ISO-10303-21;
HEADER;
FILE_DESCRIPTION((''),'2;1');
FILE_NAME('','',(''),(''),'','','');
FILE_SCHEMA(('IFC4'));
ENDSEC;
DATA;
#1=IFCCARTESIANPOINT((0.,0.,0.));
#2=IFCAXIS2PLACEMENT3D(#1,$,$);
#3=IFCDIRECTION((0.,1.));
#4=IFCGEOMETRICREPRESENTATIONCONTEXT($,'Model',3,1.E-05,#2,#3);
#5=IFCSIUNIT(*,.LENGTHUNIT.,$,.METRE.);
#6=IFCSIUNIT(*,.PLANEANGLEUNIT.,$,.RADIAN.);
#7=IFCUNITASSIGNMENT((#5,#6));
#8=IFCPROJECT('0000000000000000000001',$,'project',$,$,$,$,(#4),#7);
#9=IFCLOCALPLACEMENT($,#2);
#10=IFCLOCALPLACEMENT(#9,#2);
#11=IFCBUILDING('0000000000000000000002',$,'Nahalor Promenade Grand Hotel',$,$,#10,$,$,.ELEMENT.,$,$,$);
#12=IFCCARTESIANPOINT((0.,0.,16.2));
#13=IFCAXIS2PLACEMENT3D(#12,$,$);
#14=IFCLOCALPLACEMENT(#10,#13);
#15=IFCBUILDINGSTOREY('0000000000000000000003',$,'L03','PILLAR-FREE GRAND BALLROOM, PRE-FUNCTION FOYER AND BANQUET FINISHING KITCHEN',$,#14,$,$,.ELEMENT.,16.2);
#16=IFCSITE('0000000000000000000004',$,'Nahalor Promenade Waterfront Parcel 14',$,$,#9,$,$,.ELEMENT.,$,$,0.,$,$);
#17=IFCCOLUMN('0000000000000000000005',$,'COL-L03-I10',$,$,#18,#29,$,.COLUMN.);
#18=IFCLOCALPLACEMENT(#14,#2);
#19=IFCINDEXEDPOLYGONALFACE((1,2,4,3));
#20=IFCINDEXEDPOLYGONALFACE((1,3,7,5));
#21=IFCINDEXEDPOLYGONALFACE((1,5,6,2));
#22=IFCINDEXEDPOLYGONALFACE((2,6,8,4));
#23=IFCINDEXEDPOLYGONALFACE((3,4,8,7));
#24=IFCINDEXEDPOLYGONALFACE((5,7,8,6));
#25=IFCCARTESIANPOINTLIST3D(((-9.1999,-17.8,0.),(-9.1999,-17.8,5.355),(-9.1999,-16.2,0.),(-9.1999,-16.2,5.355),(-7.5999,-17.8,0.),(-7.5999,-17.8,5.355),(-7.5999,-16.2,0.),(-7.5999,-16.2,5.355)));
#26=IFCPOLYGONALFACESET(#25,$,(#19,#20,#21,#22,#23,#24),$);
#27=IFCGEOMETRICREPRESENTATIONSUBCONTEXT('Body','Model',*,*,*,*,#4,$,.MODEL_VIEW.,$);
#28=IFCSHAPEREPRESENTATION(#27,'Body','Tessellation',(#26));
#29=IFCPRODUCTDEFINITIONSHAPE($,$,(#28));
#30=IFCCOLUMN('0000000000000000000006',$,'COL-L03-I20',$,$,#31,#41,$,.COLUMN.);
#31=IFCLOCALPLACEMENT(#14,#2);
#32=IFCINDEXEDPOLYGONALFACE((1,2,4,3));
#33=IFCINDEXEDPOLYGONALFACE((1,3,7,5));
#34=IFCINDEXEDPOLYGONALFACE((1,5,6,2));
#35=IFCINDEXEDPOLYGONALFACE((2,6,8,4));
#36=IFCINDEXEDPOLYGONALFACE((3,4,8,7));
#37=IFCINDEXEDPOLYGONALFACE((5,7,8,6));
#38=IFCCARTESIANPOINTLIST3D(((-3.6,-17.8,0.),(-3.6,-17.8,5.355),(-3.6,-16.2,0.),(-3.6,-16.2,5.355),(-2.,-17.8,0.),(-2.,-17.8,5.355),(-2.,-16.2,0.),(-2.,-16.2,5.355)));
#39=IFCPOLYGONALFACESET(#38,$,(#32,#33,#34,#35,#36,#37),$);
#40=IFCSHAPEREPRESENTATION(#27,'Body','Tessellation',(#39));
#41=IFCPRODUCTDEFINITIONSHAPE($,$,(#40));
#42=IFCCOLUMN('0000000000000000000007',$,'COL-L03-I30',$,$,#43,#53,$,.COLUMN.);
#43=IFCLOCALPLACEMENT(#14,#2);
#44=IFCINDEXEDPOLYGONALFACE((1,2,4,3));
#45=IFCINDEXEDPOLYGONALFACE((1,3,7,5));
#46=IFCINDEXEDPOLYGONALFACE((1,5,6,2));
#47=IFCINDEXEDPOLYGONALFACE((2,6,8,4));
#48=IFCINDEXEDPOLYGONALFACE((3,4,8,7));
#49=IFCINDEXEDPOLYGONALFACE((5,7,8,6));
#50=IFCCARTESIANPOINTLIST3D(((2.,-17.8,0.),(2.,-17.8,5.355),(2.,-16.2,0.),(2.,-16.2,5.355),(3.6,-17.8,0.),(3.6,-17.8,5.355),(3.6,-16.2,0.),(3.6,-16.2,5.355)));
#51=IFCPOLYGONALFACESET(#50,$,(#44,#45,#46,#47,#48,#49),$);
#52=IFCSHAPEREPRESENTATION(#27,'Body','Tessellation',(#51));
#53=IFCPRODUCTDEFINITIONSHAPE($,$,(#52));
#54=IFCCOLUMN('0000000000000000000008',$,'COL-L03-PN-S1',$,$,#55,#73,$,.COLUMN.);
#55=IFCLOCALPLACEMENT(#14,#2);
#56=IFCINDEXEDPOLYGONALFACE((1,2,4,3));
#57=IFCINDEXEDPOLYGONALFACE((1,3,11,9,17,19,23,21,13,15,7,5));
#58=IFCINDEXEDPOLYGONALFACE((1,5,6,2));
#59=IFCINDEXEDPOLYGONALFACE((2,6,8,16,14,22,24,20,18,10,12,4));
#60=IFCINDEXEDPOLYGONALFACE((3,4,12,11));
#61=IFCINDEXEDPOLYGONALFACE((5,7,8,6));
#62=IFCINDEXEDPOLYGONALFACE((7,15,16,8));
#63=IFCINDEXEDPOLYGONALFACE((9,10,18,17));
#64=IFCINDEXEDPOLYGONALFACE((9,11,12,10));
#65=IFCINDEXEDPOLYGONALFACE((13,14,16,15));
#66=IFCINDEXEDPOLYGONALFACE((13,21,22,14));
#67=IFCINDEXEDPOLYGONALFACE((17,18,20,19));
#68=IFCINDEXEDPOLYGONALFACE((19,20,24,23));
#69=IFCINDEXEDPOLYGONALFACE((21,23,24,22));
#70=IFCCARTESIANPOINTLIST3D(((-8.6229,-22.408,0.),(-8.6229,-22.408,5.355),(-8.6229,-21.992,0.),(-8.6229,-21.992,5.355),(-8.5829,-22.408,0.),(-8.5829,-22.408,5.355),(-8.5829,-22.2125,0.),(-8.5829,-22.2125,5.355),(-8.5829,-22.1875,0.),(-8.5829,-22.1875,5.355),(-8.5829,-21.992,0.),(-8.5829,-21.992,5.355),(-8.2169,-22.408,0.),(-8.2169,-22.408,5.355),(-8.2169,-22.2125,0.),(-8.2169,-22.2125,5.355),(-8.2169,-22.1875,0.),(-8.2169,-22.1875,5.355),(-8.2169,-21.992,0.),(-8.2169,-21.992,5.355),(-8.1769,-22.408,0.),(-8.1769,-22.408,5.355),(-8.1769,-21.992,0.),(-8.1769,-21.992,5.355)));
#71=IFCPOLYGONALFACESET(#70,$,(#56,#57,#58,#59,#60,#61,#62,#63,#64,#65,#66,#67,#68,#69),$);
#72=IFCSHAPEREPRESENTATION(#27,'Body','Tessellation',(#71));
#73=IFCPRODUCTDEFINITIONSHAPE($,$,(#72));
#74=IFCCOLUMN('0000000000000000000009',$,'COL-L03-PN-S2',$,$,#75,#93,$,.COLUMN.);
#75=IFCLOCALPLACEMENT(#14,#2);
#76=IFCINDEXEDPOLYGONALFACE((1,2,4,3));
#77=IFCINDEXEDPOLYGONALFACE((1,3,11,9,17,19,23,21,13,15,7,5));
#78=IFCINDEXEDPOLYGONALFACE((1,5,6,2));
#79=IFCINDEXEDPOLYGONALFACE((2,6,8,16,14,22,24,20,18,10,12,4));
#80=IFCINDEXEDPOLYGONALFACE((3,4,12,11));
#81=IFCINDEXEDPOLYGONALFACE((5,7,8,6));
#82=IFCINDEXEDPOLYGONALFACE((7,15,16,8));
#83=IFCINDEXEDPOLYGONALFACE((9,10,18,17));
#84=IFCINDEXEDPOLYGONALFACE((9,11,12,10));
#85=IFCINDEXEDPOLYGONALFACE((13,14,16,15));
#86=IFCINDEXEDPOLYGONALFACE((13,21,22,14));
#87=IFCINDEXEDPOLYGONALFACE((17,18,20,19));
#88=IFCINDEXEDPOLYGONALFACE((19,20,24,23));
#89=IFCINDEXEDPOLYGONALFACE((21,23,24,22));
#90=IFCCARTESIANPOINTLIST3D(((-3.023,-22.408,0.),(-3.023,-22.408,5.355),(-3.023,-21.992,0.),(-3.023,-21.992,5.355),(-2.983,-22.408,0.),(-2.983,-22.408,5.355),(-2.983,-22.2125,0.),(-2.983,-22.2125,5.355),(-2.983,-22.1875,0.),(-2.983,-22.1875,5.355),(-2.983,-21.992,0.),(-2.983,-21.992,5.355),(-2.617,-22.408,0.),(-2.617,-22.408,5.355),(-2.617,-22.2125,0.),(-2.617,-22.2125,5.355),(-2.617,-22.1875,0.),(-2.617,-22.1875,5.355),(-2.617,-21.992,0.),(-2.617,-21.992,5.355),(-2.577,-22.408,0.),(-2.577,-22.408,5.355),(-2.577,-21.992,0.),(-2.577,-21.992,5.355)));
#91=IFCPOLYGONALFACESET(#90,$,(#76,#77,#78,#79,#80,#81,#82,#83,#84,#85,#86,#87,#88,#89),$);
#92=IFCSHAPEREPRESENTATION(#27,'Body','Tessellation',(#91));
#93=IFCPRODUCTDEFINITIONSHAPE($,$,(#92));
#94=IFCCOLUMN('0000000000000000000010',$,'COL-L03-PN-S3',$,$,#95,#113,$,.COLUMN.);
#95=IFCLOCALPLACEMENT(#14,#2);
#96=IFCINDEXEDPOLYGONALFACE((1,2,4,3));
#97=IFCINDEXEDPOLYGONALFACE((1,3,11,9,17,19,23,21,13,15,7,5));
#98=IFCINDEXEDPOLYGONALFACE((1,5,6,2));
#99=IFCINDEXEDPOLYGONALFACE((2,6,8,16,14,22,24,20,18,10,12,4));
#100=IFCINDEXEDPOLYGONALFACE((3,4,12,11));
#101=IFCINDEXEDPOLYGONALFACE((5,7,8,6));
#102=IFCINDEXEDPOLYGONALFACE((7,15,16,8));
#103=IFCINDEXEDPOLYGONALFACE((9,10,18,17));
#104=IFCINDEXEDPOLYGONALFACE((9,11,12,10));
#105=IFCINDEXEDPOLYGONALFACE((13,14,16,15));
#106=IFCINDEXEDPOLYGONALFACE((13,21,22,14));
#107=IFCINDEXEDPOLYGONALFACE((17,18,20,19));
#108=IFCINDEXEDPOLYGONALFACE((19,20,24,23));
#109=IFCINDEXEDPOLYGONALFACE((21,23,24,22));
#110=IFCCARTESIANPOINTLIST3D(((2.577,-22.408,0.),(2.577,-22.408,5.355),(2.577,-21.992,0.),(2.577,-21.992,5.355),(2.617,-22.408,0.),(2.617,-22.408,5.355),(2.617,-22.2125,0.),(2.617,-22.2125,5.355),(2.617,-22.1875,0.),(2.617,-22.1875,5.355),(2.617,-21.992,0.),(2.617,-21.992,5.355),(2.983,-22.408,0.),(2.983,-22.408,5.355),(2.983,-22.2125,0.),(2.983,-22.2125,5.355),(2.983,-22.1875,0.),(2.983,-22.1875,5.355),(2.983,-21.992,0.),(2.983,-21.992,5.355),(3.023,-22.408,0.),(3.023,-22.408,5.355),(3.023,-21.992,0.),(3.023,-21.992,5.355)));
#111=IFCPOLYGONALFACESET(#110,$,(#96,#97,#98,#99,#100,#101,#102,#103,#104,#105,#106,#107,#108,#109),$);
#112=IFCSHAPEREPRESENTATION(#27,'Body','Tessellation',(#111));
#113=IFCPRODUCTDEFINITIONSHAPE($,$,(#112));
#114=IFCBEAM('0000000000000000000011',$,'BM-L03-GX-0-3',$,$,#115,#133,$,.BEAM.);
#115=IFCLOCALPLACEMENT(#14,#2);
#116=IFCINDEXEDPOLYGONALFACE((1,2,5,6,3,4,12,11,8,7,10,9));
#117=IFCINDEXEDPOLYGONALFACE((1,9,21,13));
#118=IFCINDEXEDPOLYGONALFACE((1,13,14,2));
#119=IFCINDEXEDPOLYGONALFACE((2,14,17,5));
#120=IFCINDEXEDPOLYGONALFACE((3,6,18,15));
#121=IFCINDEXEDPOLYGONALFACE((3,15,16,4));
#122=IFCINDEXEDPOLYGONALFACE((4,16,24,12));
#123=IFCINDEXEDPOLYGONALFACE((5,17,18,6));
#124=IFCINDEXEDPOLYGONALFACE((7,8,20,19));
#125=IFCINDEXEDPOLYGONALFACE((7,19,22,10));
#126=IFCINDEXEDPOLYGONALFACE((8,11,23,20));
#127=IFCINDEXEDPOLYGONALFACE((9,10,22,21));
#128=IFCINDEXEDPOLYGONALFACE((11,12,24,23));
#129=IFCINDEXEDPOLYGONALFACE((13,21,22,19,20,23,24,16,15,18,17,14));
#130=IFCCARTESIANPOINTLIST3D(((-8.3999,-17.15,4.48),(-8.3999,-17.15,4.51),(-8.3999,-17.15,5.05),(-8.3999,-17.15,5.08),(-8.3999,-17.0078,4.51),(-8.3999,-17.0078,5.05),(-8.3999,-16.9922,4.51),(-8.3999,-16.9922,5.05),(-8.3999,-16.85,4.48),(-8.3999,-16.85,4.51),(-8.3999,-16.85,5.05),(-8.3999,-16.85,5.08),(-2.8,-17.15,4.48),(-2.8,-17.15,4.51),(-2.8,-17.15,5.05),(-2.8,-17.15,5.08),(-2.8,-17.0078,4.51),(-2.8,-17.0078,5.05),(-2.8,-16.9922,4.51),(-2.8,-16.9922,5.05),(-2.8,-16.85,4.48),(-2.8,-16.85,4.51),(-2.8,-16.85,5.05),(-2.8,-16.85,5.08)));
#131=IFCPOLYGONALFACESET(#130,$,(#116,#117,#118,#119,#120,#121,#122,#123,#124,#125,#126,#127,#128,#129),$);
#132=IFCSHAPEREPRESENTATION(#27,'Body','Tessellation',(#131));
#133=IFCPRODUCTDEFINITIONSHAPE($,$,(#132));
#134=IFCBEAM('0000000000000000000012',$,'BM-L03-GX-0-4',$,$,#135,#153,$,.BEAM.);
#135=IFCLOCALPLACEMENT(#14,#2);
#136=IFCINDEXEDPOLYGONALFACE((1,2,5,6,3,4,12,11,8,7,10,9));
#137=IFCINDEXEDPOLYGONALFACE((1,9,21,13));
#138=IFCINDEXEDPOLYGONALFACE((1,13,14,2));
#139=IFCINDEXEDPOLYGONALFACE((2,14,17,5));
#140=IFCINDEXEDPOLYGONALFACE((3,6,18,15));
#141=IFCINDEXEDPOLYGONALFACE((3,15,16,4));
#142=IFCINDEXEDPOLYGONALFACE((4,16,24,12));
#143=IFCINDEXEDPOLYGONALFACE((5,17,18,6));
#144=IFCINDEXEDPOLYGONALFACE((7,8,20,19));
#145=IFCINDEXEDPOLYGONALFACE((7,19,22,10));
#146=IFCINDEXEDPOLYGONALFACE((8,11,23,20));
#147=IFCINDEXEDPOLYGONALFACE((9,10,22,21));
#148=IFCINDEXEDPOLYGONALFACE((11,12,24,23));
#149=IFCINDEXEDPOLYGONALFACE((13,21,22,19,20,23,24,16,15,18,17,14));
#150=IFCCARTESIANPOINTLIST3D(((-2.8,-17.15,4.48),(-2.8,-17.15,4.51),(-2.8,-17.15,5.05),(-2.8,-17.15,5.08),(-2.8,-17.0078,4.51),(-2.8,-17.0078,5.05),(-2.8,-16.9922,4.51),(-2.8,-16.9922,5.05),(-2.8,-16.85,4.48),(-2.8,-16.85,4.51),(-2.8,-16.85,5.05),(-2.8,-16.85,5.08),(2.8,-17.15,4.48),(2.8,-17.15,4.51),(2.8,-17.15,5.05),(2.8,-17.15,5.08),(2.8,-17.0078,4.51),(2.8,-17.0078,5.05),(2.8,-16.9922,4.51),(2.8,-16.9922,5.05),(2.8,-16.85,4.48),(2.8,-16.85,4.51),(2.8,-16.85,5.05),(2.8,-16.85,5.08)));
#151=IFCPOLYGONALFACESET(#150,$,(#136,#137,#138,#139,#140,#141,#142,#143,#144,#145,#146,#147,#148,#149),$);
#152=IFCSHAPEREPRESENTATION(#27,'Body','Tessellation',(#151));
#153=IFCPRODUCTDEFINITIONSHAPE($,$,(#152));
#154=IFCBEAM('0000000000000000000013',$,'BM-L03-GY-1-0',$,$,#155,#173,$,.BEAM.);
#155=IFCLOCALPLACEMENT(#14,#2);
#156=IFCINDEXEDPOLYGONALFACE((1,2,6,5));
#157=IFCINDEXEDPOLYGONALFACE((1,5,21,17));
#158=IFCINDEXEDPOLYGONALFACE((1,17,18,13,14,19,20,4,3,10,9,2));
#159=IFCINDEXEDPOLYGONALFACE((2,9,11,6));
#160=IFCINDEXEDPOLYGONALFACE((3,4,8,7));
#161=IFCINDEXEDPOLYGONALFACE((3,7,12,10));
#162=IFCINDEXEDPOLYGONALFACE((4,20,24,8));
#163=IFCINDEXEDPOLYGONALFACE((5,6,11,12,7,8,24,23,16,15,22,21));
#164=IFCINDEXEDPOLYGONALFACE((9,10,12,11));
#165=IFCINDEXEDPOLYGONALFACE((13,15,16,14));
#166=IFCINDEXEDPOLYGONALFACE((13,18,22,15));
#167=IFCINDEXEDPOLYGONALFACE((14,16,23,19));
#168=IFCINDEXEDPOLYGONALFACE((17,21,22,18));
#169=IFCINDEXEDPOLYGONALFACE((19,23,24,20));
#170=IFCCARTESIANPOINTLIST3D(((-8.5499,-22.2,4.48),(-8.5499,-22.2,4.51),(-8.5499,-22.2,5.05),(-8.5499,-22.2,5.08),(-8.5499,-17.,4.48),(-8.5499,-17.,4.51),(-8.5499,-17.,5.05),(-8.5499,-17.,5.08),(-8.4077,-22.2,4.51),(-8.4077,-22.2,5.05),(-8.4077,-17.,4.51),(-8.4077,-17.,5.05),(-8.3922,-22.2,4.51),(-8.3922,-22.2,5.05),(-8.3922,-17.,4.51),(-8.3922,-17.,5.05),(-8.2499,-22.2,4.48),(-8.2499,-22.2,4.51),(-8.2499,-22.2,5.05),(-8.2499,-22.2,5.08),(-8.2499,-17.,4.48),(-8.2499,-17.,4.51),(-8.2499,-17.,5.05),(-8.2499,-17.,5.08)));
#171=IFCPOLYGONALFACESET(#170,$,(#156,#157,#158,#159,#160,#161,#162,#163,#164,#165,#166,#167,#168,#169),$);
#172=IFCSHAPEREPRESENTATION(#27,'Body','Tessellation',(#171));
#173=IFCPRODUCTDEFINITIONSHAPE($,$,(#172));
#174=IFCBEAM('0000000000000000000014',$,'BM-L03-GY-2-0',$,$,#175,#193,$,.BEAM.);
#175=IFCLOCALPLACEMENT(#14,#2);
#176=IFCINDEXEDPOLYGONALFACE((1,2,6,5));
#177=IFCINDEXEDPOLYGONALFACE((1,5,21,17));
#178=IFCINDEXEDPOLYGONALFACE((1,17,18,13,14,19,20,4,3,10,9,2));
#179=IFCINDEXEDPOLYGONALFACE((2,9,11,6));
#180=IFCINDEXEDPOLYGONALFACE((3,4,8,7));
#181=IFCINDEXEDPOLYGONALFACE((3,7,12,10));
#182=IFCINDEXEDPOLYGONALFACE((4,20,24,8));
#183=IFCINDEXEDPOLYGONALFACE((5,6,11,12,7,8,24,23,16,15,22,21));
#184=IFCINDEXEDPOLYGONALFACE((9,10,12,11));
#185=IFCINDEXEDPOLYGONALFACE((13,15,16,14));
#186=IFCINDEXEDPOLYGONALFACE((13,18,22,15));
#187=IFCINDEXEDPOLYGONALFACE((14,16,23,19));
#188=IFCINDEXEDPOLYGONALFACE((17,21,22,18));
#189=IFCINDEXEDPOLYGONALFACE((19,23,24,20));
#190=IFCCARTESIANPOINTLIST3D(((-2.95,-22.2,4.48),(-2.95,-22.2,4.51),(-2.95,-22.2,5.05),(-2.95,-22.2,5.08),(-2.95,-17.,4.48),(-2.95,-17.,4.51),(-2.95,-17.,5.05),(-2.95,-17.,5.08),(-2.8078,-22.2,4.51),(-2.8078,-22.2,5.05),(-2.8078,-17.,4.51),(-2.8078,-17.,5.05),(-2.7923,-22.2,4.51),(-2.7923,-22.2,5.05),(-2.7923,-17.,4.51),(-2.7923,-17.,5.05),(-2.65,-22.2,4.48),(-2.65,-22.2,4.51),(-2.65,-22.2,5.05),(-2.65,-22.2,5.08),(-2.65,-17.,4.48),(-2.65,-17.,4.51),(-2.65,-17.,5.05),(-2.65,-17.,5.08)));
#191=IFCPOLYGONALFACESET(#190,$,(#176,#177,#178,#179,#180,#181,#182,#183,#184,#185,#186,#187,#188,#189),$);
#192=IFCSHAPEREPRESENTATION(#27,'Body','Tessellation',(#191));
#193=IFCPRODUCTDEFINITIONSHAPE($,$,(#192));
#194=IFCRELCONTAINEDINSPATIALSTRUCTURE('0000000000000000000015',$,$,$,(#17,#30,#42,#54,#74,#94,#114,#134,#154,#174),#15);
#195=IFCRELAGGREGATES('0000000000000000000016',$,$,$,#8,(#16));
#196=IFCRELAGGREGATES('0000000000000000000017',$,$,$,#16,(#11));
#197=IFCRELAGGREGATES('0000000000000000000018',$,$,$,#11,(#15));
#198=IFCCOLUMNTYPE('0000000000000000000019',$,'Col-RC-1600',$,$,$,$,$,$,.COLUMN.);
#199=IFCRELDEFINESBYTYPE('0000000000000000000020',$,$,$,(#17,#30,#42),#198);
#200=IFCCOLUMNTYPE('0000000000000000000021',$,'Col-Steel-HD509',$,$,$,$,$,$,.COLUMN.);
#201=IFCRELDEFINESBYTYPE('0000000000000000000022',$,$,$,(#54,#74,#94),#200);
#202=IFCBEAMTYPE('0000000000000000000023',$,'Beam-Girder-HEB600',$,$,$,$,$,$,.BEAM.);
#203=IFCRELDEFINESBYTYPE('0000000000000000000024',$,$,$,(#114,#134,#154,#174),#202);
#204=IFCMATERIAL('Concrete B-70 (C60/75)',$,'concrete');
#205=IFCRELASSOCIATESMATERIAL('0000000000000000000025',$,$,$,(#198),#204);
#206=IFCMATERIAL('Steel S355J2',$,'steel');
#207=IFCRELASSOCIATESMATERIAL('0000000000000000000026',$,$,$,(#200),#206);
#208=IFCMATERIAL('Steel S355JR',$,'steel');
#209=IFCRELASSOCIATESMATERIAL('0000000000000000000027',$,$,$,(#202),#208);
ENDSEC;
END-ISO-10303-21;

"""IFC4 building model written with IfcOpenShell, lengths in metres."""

from ifc_helpers import new_model, si_unit, direction, frame, origin, origin_2d, place, context, subcontext, project, spatial, rectangle, i_section, extrude, source, transform, mapped, material, material_profile, profile_set, type_object, element, save


model = new_model("IFC4")

# Units and contexts
model_context = context("Model", 3, precision=1e-05, world=origin(), true_north=direction((0.0, 1.0)))
body_context = subcontext(model_context, "Body", "Model", "MODEL_VIEW")
ifc_project = project(units=[si_unit("LENGTHUNIT", "METRE"), si_unit("PLANEANGLEUNIT", "RADIAN")], contexts=[model_context])

# Site, building, storey
site_placement = place(None, origin())
site = spatial("IfcSite", under=ifc_project, at=site_placement, Name="Nahalor Promenade Waterfront Parcel 14", CompositionType="ELEMENT", RefElevation=0.0)
building_placement = place(site_placement, origin())
building = spatial("IfcBuilding", under=site, at=building_placement, Name="Nahalor Promenade Grand Hotel", CompositionType="ELEMENT")
storey_placement = place(building_placement, frame((0.0, 0.0, 16.2)))
storey = spatial("IfcBuildingStorey", under=building, at=storey_placement, Name="L03", Description="PILLAR-FREE GRAND BALLROOM, PRE-FUNCTION FOYER AND BANQUET FINISHING KITCHEN", CompositionType="ELEMENT", Elevation=16.2)

# Columns
ifc_material_1 = material(Name="Concrete B-70 (C60/75)", Category="concrete")
ifc_material_profile_1 = material_profile(ifc_material_1, rectangle(XDim=1.6, YDim=1.6, at=origin_2d()), Name="RC 1600x1600")
ifc_profile_set_1 = profile_set([ifc_material_profile_1], Name="Concrete B-70 (C60/75)")
column_type_1 = type_object("IfcColumnType", Name="Col-RC-1600", PredefinedType="COLUMN", material=ifc_profile_set_1)
shared_shape_1 = source(origin(), body_context, "Body", "SweptSolid", [
    extrude(rectangle(XDim=1.6, YDim=1.6, at=origin_2d()), origin(), (0.0, 0.0, 1.0), 5.355),
])
for number, where, z_axis, x_axis, name in (
    (1, (-8.3999, -17.0, 0.0), (0.0, 0.0, 1.0), (1.0, 0.0, 0.0), "COL-L03-I10"),
    (2, (-2.8, -17.0, 0.0), (0.0, 0.0, 1.0), (1.0, 0.0, 0.0), "COL-L03-I20"),
    (3, (2.8, -17.0, 0.0), (0.0, 0.0, 1.0), (1.0, 0.0, 0.0), "COL-L03-I30"),
):
    element("IfcColumn", number, at=place(storey_placement, frame(where, z_axis=z_axis, x_axis=x_axis)), inside=storey, type_object=column_type_1, Name=name, PredefinedType="COLUMN", context=body_context, shape_type="MappedRepresentation", body=[
        mapped(shared_shape_1, transform((0.0, 0.0, 0.0), scale=1.0)),
    ])
ifc_material_2 = material(Name="Steel S355J2", Category="steel")
ifc_material_profile_2 = material_profile(ifc_material_2, i_section(OverallWidth=0.416, OverallDepth=0.446, WebThickness=0.025, FlangeThickness=0.04, at=origin_2d()), Name="HD 400x509")
ifc_profile_set_2 = profile_set([ifc_material_profile_2], Name="Steel S355J2")
column_type_2 = type_object("IfcColumnType", Name="Col-Steel-HD509", PredefinedType="COLUMN", material=ifc_profile_set_2)
shared_shape_2 = source(origin(), body_context, "Body", "SweptSolid", [
    extrude(i_section(OverallWidth=0.416, OverallDepth=0.446, WebThickness=0.025, FlangeThickness=0.04, at=origin_2d()), origin(), (0.0, 0.0, 1.0), 5.355),
])
for number, where, z_axis, x_axis, name in (
    (4, (-8.3999, -22.2, 0.0), (0.0, 0.0, 1.0), (0.0, 1.0, 0.0), "COL-L03-PN-S1"),
    (5, (-2.8, -22.2, 0.0), (0.0, 0.0, 1.0), (0.0, 1.0, 0.0), "COL-L03-PN-S2"),
    (6, (2.8, -22.2, 0.0), (0.0, 0.0, 1.0), (0.0, 1.0, 0.0), "COL-L03-PN-S3"),
):
    element("IfcColumn", number, at=place(storey_placement, frame(where, z_axis=z_axis, x_axis=x_axis)), inside=storey, type_object=column_type_2, Name=name, PredefinedType="COLUMN", context=body_context, shape_type="MappedRepresentation", body=[
        mapped(shared_shape_2, transform((0.0, 0.0, 0.0), scale=1.0)),
    ])

# Beams
ifc_material_3 = material(Name="Steel S355JR", Category="steel")
ifc_material_profile_3 = material_profile(ifc_material_3, i_section(OverallWidth=0.3, OverallDepth=0.6, WebThickness=0.0155, FlangeThickness=0.03, at=origin_2d()), Name="HEB 600")
ifc_profile_set_3 = profile_set([ifc_material_profile_3], Name="Steel S355JR")
beam_type_1 = type_object("IfcBeamType", Name="Beam-Girder-HEB600", PredefinedType="BEAM", material=ifc_profile_set_3)
shared_shape_3 = source(origin(), body_context, "Body", "SweptSolid", [
    extrude(i_section(OverallWidth=0.3, OverallDepth=0.6, WebThickness=0.0155, FlangeThickness=0.03, at=origin_2d()), origin(), (0.0, 0.0, 1.0), 5.5999),
])
beam_1_placement = place(storey_placement, frame((-8.3999, -17.0, 4.78), z_axis=(1.0, 0.0, 0.0), x_axis=(0.0, 1.0, 0.0)))
element("IfcBeam", 7, at=beam_1_placement, inside=storey, type_object=beam_type_1, Name="BM-L03-GX-0-3", PredefinedType="BEAM", context=body_context, shape_type="MappedRepresentation", body=[
    mapped(shared_shape_3, transform((0.0, 0.0, 0.0), scale=1.0)),
])
shared_shape_4 = source(origin(), body_context, "Body", "SweptSolid", [
    extrude(i_section(OverallWidth=0.3, OverallDepth=0.6, WebThickness=0.0155, FlangeThickness=0.03, at=origin_2d()), origin(), (0.0, 0.0, 1.0), 5.6001),
])
beam_2_placement = place(storey_placement, frame((-2.8, -17.0, 4.78), z_axis=(1.0, 0.0, 0.0), x_axis=(0.0, 1.0, 0.0)))
element("IfcBeam", 8, at=beam_2_placement, inside=storey, type_object=beam_type_1, Name="BM-L03-GX-0-4", PredefinedType="BEAM", context=body_context, shape_type="MappedRepresentation", body=[
    mapped(shared_shape_4, transform((0.0, 0.0, 0.0), scale=1.0)),
])
shared_shape_5 = source(origin(), body_context, "Body", "SweptSolid", [
    extrude(i_section(OverallWidth=0.3, OverallDepth=0.6, WebThickness=0.0155, FlangeThickness=0.03, at=origin_2d()), origin(), (0.0, 0.0, 1.0), 5.2),
])
for number, where, z_axis, x_axis, name in (
    (9, (-8.3999, -22.2, 4.78), (0.0, 1.0, 0.0), (-1.0, 0.0, 0.0), "BM-L03-GY-1-0"),
    (10, (-2.8, -22.2, 4.78), (0.0, 1.0, 0.0), (-1.0, 0.0, 0.0), "BM-L03-GY-2-0"),
):
    element("IfcBeam", number, at=place(storey_placement, frame(where, z_axis=z_axis, x_axis=x_axis)), inside=storey, type_object=beam_type_1, Name=name, PredefinedType="BEAM", context=body_context, shape_type="MappedRepresentation", body=[
        mapped(shared_shape_5, transform((0.0, 0.0, 0.0), scale=1.0)),
    ])

save(model, "model.ifc")
